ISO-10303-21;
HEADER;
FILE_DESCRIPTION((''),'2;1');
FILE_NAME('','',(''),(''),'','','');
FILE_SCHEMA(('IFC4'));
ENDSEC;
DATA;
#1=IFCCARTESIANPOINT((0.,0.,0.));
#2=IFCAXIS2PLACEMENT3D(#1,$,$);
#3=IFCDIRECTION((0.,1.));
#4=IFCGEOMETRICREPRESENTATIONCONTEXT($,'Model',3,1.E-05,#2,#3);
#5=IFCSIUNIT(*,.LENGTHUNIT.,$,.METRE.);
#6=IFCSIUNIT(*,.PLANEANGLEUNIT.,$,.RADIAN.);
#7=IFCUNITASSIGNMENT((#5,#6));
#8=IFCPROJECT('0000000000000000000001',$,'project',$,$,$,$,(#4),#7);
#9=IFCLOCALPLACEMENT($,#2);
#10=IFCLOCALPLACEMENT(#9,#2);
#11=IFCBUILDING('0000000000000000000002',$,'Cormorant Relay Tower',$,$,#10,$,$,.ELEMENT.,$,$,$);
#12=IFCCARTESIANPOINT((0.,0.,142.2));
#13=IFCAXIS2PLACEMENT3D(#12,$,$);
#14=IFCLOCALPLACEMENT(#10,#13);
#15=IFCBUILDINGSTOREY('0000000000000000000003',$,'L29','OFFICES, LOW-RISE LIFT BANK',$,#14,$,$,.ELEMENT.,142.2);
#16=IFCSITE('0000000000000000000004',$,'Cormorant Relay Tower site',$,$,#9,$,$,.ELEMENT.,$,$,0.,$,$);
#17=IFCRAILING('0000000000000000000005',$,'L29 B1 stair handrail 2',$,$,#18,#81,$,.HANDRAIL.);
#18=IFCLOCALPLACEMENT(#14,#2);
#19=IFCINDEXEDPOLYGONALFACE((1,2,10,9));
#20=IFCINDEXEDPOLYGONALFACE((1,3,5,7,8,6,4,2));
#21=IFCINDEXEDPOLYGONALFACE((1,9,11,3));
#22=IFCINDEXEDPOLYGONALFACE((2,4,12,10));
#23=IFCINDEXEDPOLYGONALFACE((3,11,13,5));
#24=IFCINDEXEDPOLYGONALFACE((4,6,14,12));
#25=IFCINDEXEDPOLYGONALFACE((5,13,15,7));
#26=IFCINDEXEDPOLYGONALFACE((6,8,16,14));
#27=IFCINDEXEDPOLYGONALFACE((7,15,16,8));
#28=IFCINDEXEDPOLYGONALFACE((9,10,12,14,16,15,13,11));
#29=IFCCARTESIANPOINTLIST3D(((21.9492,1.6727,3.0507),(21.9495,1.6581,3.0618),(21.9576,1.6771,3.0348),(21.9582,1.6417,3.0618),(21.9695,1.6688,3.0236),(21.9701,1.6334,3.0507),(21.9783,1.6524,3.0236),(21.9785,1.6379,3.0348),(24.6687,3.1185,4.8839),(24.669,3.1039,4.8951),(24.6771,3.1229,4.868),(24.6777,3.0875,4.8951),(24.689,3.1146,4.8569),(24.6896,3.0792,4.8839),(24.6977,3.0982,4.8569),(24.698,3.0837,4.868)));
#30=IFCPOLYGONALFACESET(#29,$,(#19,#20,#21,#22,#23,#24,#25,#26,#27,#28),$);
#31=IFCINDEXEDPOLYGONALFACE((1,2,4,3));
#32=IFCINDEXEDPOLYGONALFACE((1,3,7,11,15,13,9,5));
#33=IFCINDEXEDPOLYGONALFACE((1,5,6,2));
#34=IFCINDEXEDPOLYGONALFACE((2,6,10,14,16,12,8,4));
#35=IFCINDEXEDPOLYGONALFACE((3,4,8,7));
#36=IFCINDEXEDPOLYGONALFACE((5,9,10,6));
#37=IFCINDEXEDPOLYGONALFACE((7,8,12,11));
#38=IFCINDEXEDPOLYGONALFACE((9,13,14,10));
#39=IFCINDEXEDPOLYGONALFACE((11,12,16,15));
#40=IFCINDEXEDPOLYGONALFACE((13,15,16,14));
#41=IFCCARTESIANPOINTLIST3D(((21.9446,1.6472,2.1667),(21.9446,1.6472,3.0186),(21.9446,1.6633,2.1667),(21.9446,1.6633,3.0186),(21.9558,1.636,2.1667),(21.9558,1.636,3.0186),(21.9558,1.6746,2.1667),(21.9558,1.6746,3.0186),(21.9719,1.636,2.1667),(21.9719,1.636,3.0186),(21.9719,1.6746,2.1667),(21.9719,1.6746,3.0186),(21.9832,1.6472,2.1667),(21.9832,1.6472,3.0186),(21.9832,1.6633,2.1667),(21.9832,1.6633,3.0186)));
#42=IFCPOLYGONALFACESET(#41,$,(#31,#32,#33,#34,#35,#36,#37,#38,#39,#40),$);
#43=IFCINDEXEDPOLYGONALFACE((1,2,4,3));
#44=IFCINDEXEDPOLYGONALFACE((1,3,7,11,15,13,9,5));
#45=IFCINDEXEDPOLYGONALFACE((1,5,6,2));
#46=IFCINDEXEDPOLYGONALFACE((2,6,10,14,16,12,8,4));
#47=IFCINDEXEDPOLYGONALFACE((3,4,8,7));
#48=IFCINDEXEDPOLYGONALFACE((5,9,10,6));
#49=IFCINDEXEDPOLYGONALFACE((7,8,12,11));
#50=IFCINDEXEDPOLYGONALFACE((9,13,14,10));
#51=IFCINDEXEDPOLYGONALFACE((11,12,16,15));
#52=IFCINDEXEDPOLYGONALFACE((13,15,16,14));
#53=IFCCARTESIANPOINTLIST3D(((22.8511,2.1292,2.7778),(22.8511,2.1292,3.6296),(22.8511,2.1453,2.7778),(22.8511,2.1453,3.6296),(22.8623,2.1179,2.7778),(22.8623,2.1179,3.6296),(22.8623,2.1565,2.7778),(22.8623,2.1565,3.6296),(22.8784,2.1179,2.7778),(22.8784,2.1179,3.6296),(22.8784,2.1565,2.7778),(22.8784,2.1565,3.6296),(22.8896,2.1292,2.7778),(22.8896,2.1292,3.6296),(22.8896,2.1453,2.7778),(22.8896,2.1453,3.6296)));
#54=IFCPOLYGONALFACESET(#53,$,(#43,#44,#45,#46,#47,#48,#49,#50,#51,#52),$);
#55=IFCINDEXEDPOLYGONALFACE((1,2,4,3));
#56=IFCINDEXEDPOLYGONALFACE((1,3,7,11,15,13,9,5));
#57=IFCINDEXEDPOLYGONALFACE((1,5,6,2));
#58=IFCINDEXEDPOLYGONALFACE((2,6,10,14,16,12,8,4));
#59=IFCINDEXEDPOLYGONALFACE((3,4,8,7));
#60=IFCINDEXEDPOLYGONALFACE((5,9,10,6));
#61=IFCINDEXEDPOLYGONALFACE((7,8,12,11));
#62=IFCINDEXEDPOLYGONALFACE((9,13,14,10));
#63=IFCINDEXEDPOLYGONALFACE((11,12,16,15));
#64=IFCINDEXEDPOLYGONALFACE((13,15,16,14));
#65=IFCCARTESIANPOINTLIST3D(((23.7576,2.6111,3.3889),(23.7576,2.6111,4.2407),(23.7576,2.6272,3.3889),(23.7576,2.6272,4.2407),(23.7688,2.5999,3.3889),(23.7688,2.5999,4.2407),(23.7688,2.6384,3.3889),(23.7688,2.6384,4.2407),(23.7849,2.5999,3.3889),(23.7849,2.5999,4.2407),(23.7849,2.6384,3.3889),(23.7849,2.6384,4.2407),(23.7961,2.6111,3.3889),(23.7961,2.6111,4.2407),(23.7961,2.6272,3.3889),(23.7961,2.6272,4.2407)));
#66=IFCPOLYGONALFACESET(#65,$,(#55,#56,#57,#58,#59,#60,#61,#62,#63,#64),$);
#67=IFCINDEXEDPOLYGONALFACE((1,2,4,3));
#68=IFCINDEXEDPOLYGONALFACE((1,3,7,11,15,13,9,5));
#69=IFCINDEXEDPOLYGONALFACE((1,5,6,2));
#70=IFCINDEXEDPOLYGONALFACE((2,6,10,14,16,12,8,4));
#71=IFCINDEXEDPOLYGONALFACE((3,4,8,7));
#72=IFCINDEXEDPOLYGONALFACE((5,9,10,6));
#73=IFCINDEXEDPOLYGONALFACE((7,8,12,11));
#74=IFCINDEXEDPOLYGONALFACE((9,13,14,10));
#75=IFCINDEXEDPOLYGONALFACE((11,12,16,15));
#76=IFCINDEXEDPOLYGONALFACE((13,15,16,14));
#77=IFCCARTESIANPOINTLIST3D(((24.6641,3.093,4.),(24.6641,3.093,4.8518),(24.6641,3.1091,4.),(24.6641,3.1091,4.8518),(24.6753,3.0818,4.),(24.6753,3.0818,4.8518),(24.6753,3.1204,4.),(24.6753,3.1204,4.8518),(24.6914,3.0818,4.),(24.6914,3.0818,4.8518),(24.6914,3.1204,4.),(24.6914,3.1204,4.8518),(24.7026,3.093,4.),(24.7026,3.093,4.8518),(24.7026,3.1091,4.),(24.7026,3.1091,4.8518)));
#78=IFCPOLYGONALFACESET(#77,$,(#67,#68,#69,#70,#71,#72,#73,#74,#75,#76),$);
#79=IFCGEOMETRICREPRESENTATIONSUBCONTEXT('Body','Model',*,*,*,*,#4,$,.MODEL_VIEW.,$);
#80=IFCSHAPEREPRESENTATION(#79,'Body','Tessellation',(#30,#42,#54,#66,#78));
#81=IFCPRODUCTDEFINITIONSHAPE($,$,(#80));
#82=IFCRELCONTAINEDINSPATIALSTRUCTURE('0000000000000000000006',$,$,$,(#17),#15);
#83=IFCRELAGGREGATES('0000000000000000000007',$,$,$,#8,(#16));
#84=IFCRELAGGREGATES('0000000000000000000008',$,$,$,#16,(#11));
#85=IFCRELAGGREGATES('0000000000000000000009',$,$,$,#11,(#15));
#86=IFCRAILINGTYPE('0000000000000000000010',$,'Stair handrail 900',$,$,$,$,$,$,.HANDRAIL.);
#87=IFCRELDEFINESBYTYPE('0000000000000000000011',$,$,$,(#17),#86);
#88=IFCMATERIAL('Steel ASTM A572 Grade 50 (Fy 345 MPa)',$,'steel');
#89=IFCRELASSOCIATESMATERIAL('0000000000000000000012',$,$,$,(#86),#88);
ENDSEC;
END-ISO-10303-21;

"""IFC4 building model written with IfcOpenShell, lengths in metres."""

from ifc_helpers import new_model, si_unit, direction, frame, origin, place, context, subcontext, project, spatial, polyline, outline, extrude, material, type_object, element, save


model = new_model("IFC4")

# Units and contexts
model_context = context("Model", 3, precision=1e-05, world=origin(), true_north=direction((0.0, 1.0)))
body_context = subcontext(model_context, "Body", "Model", "MODEL_VIEW")
ifc_project = project(units=[si_unit("LENGTHUNIT", "METRE"), si_unit("PLANEANGLEUNIT", "RADIAN")], contexts=[model_context])

# Site, building, storey
site_placement = place(None, origin())
site = spatial("IfcSite", under=ifc_project, at=site_placement, Name="Cormorant Relay Tower site", CompositionType="ELEMENT", RefElevation=0.0)
building_placement = place(site_placement, origin())
building = spatial("IfcBuilding", under=site, at=building_placement, Name="Cormorant Relay Tower", CompositionType="ELEMENT")
storey_placement = place(building_placement, frame((0.0, 0.0, 142.2)))
storey = spatial("IfcBuildingStorey", under=building, at=storey_placement, Name="L29", Description="OFFICES, LOW-RISE LIFT BANK", CompositionType="ELEMENT", Elevation=142.2)

# Railing
ifc_material_1 = material(Name="Steel ASTM A572 Grade 50 (Fy 345 MPa)", Category="steel")
railing_type_1 = type_object("IfcRailingType", Name="Stair handrail 900", PredefinedType="HANDRAIL", material=ifc_material_1)
railing_1_placement = place(storey_placement, frame((21.9639, 1.6553, 2.1667)))
element("IfcRailing", 1, at=railing_1_placement, inside=storey, type_object=railing_type_1, Name="L29 B1 stair handrail 2", PredefinedType="HANDRAIL", context=body_context, shape_type="SweptSolid", body=[
    extrude(outline(polyline([(0.0222, 0.0093), (0.0093, 0.0222), (-0.0093, 0.0222), (-0.0222, 0.0093), (-0.0222, -0.0093), (-0.0093, -0.0222), (0.0093, -0.0222), (0.0222, -0.0093), (0.0222, 0.0093)])), frame((0.0, 0.0, 0.876), z_axis=(0.758735, 0.403378, 0.511477), x_axis=(-0.469428, 0.882971, 0.0)), (0.0, 0.0, 1.0), 3.5842),
    extrude(outline(polyline([(0.0193, 0.0081), (0.0081, 0.0193), (-0.0081, 0.0193), (-0.0193, 0.0081), (-0.0193, -0.0081), (-0.0081, -0.0193), (0.0081, -0.0193), (0.0193, -0.0081), (0.0193, 0.0081)])), origin(), (0.0, 0.0, 1.0), 0.8518),
    extrude(outline(polyline([(0.0193, 0.0081), (0.0081, 0.0193), (-0.0081, 0.0193), (-0.0193, 0.0081), (-0.0193, -0.0081), (-0.0081, -0.0193), (0.0081, -0.0193), (0.0193, -0.0081), (0.0193, 0.0081)])), frame((0.9065, 0.4819, 0.6111)), (0.0, 0.0, 1.0), 0.8518),
    extrude(outline(polyline([(0.0193, 0.0081), (0.0081, 0.0193), (-0.0081, 0.0193), (-0.0193, 0.0081), (-0.0193, -0.0081), (-0.0081, -0.0193), (0.0081, -0.0193), (0.0193, -0.0081), (0.0193, 0.0081)])), frame((1.813, 0.9639, 1.2222)), (0.0, 0.0, 1.0), 0.8518),
    extrude(outline(polyline([(0.0193, 0.0081), (0.0081, 0.0193), (-0.0081, 0.0193), (-0.0193, 0.0081), (-0.0193, -0.0081), (-0.0081, -0.0193), (0.0081, -0.0193), (0.0193, -0.0081), (0.0193, 0.0081)])), frame((2.7195, 1.4458, 1.8333)), (0.0, 0.0, 1.0), 0.8518),
])

save(model, "model.ifc")
